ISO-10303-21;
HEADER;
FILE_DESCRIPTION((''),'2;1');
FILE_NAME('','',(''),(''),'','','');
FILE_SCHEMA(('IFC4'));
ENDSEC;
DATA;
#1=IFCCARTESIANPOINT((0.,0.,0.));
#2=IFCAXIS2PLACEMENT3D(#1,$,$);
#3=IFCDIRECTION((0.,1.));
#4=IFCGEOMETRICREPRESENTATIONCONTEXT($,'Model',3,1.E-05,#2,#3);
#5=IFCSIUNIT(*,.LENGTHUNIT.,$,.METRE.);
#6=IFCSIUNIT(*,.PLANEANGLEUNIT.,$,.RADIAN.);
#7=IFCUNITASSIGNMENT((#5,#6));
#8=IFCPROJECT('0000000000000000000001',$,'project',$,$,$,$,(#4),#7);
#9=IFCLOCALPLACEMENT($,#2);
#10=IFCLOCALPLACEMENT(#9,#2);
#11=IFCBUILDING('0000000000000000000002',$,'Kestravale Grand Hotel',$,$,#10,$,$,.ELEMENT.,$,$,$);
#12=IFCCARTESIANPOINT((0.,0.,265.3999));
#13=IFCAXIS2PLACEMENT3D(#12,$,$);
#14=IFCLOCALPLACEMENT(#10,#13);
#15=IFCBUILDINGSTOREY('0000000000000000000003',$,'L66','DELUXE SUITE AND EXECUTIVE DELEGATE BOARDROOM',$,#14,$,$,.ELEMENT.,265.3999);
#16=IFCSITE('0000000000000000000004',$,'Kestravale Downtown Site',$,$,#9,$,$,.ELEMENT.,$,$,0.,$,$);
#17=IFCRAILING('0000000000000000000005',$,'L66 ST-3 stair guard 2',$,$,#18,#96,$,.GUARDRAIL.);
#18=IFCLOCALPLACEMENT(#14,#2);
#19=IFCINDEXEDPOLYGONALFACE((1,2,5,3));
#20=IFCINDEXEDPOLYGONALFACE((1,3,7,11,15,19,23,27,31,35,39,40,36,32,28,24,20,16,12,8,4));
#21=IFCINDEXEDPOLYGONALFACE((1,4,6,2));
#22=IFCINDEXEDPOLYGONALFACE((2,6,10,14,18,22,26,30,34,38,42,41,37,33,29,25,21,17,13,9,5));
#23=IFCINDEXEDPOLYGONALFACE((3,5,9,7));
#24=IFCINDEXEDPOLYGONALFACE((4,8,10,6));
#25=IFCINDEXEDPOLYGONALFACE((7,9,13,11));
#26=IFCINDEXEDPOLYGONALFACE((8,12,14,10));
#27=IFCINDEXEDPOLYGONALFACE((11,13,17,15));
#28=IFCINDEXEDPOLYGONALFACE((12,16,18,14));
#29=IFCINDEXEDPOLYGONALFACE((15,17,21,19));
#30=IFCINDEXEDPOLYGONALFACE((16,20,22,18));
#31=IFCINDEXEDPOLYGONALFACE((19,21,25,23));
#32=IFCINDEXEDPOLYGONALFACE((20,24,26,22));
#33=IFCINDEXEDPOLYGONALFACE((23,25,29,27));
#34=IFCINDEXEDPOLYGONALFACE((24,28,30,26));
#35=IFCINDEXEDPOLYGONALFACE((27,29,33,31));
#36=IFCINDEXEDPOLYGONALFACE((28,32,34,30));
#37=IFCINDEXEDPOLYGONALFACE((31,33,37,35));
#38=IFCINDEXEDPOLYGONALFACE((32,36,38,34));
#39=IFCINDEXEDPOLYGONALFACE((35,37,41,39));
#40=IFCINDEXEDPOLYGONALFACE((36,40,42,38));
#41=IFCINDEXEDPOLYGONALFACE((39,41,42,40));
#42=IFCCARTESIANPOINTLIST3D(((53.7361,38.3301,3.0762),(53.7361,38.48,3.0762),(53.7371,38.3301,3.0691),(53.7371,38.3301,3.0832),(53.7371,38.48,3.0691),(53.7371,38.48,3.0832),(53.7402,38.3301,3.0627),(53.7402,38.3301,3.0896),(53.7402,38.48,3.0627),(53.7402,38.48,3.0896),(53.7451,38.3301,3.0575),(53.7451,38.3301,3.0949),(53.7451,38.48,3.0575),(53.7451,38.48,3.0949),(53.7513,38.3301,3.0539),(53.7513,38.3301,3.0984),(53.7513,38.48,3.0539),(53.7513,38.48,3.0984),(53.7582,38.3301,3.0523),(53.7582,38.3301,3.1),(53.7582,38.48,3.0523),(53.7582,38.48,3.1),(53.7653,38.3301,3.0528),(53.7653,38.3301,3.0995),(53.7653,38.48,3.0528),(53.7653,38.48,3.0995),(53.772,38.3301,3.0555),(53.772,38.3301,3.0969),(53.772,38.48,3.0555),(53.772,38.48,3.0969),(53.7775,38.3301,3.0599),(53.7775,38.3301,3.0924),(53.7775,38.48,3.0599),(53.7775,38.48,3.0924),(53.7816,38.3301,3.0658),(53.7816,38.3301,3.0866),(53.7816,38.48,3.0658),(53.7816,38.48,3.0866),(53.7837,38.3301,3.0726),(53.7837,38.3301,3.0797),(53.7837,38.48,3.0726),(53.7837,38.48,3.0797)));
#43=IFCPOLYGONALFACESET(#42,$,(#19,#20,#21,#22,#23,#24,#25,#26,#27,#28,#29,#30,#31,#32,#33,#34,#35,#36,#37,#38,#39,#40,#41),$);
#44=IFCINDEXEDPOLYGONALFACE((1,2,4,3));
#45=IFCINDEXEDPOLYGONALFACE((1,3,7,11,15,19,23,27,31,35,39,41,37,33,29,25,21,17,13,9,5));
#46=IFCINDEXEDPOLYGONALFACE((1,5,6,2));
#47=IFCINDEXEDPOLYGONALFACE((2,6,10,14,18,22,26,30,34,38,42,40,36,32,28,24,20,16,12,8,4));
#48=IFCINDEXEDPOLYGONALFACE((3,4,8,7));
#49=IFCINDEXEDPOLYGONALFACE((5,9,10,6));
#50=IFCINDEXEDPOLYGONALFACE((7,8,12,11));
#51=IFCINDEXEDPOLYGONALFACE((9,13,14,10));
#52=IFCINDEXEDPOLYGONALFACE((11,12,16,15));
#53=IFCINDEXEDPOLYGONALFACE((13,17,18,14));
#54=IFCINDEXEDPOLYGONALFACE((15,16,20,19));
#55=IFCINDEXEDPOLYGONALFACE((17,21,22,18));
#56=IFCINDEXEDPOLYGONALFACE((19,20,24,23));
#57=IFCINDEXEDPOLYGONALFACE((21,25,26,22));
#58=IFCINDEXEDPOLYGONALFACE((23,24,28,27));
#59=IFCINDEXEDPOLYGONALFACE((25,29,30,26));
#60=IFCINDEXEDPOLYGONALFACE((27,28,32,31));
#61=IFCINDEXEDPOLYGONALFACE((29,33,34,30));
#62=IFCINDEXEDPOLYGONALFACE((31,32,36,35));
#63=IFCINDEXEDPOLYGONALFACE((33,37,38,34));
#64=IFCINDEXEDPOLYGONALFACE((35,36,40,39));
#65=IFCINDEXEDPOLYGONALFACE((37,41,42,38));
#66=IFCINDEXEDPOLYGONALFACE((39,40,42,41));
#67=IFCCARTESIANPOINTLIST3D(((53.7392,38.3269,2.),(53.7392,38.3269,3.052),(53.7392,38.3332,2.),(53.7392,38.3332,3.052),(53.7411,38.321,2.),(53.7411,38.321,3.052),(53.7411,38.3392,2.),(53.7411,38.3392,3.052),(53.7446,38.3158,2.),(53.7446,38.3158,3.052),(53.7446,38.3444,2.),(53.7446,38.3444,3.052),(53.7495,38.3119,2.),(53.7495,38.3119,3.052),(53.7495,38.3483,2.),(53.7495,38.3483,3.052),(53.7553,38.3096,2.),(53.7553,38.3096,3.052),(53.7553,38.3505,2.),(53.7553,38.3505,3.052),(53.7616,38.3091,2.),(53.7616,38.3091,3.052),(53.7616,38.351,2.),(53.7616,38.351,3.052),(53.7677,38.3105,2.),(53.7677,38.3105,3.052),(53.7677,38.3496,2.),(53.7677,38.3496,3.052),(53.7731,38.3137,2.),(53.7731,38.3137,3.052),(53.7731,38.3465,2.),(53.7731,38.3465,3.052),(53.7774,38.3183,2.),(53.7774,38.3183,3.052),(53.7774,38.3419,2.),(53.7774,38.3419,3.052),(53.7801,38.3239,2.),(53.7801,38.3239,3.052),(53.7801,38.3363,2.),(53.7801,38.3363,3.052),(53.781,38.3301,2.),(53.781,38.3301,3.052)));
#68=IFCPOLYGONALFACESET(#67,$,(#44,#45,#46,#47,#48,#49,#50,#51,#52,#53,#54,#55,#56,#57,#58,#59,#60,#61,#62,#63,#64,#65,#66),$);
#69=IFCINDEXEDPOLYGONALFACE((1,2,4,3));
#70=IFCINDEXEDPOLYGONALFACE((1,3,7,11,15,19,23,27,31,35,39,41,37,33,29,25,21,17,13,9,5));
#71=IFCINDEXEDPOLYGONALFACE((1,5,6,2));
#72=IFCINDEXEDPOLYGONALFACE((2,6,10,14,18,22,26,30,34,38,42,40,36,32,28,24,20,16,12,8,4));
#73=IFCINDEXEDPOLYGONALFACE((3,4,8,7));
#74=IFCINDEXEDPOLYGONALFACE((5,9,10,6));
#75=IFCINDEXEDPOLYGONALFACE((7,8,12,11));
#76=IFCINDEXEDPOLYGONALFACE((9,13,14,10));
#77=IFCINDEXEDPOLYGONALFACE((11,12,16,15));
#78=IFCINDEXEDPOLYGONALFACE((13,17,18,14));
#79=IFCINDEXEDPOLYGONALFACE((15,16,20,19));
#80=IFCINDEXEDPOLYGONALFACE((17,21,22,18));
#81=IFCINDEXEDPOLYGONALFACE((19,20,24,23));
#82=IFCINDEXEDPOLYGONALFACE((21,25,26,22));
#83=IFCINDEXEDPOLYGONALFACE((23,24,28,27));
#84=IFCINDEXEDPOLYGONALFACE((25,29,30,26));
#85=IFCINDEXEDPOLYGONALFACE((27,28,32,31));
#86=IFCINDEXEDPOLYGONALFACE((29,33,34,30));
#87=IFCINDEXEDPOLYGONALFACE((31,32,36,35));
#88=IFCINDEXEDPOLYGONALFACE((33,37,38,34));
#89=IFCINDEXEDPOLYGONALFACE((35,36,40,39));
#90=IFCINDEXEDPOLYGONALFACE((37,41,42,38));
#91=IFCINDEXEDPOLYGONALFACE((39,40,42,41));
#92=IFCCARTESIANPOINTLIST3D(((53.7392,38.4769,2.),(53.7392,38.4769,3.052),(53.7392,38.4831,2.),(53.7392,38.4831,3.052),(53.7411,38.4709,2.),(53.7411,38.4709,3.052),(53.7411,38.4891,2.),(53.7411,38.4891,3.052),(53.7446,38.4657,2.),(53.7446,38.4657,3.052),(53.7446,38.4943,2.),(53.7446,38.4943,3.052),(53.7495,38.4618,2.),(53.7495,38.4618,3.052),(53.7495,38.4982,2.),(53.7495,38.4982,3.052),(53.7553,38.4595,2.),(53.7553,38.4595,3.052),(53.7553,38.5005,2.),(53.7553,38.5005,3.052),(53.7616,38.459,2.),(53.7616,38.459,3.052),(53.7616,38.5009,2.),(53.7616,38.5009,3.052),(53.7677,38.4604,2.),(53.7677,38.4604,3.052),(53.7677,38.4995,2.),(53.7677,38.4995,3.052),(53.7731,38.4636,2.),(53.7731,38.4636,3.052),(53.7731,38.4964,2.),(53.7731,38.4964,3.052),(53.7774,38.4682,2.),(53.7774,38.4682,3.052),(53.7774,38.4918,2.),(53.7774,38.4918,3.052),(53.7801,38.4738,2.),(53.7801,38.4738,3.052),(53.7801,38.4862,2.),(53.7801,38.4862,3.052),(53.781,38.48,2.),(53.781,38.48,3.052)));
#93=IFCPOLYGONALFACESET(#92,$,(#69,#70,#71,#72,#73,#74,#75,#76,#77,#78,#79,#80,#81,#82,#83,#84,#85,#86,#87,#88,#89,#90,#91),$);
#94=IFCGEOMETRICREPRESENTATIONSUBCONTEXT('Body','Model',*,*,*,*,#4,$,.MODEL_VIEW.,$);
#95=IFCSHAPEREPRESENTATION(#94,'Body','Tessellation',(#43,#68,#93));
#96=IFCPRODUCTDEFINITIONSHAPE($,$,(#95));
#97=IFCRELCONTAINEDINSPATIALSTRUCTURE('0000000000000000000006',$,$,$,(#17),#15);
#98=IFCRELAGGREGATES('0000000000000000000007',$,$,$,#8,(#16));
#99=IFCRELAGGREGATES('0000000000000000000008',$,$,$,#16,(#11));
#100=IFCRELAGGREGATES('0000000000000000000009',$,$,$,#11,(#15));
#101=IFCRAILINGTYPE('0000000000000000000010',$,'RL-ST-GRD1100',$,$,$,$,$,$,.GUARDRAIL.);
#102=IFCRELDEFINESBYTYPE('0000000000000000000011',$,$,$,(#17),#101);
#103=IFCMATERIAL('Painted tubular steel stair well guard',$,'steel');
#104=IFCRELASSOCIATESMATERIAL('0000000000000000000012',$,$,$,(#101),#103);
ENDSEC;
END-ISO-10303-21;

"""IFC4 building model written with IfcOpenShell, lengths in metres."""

from ifc_helpers import new_model, si_unit, direction, frame, origin, origin_2d, place, context, subcontext, project, spatial, circle, extrude, material, type_object, element, save


model = new_model("IFC4")

# Units and contexts
model_context = context("Model", 3, precision=1e-05, world=origin(), true_north=direction((0.0, 1.0)))
body_context = subcontext(model_context, "Body", "Model", "MODEL_VIEW")
ifc_project = project(units=[si_unit("LENGTHUNIT", "METRE"), si_unit("PLANEANGLEUNIT", "RADIAN")], contexts=[model_context])

# Site, building, storey
site_placement = place(None, origin())
site = spatial("IfcSite", under=ifc_project, at=site_placement, Name="Kestravale Downtown Site", CompositionType="ELEMENT", RefElevation=0.0)
building_placement = place(site_placement, origin())
building = spatial("IfcBuilding", under=site, at=building_placement, Name="Kestravale Grand Hotel", CompositionType="ELEMENT")
storey_placement = place(building_placement, frame((0.0, 0.0, 265.3999)))
storey = spatial("IfcBuildingStorey", under=building, at=storey_placement, Name="L66", Description="DELUXE SUITE AND EXECUTIVE DELEGATE BOARDROOM", CompositionType="ELEMENT", Elevation=265.3999)

# Railing
ifc_material_1 = material(Name="Painted tubular steel stair well guard", Category="steel")
railing_type_1 = type_object("IfcRailingType", Name="RL-ST-GRD1100", PredefinedType="GUARDRAIL", material=ifc_material_1)
railing_1_placement = place(storey_placement, frame((53.76, 38.3301, 2.0)))
element("IfcRailing", 1, at=railing_1_placement, inside=storey, type_object=railing_type_1, Name="L66 ST-3 stair guard 2", PredefinedType="GUARDRAIL", context=body_context, shape_type="SweptSolid", body=[
    extrude(circle(Radius=0.0239, at=origin_2d()), frame((0.0, 0.0, 1.0762), z_axis=(0.0, 1.0, 0.0), x_axis=(-1.0, 0.0, 0.0)), (0.0, 0.0, 1.0), 0.1499),
    extrude(circle(Radius=0.021, at=origin_2d()), origin(), (0.0, 0.0, 1.0), 1.052),
    extrude(circle(Radius=0.021, at=origin_2d()), frame((0.0, 0.1499, 0.0)), (0.0, 0.0, 1.0), 1.052),
])

save(model, "model.ifc")
